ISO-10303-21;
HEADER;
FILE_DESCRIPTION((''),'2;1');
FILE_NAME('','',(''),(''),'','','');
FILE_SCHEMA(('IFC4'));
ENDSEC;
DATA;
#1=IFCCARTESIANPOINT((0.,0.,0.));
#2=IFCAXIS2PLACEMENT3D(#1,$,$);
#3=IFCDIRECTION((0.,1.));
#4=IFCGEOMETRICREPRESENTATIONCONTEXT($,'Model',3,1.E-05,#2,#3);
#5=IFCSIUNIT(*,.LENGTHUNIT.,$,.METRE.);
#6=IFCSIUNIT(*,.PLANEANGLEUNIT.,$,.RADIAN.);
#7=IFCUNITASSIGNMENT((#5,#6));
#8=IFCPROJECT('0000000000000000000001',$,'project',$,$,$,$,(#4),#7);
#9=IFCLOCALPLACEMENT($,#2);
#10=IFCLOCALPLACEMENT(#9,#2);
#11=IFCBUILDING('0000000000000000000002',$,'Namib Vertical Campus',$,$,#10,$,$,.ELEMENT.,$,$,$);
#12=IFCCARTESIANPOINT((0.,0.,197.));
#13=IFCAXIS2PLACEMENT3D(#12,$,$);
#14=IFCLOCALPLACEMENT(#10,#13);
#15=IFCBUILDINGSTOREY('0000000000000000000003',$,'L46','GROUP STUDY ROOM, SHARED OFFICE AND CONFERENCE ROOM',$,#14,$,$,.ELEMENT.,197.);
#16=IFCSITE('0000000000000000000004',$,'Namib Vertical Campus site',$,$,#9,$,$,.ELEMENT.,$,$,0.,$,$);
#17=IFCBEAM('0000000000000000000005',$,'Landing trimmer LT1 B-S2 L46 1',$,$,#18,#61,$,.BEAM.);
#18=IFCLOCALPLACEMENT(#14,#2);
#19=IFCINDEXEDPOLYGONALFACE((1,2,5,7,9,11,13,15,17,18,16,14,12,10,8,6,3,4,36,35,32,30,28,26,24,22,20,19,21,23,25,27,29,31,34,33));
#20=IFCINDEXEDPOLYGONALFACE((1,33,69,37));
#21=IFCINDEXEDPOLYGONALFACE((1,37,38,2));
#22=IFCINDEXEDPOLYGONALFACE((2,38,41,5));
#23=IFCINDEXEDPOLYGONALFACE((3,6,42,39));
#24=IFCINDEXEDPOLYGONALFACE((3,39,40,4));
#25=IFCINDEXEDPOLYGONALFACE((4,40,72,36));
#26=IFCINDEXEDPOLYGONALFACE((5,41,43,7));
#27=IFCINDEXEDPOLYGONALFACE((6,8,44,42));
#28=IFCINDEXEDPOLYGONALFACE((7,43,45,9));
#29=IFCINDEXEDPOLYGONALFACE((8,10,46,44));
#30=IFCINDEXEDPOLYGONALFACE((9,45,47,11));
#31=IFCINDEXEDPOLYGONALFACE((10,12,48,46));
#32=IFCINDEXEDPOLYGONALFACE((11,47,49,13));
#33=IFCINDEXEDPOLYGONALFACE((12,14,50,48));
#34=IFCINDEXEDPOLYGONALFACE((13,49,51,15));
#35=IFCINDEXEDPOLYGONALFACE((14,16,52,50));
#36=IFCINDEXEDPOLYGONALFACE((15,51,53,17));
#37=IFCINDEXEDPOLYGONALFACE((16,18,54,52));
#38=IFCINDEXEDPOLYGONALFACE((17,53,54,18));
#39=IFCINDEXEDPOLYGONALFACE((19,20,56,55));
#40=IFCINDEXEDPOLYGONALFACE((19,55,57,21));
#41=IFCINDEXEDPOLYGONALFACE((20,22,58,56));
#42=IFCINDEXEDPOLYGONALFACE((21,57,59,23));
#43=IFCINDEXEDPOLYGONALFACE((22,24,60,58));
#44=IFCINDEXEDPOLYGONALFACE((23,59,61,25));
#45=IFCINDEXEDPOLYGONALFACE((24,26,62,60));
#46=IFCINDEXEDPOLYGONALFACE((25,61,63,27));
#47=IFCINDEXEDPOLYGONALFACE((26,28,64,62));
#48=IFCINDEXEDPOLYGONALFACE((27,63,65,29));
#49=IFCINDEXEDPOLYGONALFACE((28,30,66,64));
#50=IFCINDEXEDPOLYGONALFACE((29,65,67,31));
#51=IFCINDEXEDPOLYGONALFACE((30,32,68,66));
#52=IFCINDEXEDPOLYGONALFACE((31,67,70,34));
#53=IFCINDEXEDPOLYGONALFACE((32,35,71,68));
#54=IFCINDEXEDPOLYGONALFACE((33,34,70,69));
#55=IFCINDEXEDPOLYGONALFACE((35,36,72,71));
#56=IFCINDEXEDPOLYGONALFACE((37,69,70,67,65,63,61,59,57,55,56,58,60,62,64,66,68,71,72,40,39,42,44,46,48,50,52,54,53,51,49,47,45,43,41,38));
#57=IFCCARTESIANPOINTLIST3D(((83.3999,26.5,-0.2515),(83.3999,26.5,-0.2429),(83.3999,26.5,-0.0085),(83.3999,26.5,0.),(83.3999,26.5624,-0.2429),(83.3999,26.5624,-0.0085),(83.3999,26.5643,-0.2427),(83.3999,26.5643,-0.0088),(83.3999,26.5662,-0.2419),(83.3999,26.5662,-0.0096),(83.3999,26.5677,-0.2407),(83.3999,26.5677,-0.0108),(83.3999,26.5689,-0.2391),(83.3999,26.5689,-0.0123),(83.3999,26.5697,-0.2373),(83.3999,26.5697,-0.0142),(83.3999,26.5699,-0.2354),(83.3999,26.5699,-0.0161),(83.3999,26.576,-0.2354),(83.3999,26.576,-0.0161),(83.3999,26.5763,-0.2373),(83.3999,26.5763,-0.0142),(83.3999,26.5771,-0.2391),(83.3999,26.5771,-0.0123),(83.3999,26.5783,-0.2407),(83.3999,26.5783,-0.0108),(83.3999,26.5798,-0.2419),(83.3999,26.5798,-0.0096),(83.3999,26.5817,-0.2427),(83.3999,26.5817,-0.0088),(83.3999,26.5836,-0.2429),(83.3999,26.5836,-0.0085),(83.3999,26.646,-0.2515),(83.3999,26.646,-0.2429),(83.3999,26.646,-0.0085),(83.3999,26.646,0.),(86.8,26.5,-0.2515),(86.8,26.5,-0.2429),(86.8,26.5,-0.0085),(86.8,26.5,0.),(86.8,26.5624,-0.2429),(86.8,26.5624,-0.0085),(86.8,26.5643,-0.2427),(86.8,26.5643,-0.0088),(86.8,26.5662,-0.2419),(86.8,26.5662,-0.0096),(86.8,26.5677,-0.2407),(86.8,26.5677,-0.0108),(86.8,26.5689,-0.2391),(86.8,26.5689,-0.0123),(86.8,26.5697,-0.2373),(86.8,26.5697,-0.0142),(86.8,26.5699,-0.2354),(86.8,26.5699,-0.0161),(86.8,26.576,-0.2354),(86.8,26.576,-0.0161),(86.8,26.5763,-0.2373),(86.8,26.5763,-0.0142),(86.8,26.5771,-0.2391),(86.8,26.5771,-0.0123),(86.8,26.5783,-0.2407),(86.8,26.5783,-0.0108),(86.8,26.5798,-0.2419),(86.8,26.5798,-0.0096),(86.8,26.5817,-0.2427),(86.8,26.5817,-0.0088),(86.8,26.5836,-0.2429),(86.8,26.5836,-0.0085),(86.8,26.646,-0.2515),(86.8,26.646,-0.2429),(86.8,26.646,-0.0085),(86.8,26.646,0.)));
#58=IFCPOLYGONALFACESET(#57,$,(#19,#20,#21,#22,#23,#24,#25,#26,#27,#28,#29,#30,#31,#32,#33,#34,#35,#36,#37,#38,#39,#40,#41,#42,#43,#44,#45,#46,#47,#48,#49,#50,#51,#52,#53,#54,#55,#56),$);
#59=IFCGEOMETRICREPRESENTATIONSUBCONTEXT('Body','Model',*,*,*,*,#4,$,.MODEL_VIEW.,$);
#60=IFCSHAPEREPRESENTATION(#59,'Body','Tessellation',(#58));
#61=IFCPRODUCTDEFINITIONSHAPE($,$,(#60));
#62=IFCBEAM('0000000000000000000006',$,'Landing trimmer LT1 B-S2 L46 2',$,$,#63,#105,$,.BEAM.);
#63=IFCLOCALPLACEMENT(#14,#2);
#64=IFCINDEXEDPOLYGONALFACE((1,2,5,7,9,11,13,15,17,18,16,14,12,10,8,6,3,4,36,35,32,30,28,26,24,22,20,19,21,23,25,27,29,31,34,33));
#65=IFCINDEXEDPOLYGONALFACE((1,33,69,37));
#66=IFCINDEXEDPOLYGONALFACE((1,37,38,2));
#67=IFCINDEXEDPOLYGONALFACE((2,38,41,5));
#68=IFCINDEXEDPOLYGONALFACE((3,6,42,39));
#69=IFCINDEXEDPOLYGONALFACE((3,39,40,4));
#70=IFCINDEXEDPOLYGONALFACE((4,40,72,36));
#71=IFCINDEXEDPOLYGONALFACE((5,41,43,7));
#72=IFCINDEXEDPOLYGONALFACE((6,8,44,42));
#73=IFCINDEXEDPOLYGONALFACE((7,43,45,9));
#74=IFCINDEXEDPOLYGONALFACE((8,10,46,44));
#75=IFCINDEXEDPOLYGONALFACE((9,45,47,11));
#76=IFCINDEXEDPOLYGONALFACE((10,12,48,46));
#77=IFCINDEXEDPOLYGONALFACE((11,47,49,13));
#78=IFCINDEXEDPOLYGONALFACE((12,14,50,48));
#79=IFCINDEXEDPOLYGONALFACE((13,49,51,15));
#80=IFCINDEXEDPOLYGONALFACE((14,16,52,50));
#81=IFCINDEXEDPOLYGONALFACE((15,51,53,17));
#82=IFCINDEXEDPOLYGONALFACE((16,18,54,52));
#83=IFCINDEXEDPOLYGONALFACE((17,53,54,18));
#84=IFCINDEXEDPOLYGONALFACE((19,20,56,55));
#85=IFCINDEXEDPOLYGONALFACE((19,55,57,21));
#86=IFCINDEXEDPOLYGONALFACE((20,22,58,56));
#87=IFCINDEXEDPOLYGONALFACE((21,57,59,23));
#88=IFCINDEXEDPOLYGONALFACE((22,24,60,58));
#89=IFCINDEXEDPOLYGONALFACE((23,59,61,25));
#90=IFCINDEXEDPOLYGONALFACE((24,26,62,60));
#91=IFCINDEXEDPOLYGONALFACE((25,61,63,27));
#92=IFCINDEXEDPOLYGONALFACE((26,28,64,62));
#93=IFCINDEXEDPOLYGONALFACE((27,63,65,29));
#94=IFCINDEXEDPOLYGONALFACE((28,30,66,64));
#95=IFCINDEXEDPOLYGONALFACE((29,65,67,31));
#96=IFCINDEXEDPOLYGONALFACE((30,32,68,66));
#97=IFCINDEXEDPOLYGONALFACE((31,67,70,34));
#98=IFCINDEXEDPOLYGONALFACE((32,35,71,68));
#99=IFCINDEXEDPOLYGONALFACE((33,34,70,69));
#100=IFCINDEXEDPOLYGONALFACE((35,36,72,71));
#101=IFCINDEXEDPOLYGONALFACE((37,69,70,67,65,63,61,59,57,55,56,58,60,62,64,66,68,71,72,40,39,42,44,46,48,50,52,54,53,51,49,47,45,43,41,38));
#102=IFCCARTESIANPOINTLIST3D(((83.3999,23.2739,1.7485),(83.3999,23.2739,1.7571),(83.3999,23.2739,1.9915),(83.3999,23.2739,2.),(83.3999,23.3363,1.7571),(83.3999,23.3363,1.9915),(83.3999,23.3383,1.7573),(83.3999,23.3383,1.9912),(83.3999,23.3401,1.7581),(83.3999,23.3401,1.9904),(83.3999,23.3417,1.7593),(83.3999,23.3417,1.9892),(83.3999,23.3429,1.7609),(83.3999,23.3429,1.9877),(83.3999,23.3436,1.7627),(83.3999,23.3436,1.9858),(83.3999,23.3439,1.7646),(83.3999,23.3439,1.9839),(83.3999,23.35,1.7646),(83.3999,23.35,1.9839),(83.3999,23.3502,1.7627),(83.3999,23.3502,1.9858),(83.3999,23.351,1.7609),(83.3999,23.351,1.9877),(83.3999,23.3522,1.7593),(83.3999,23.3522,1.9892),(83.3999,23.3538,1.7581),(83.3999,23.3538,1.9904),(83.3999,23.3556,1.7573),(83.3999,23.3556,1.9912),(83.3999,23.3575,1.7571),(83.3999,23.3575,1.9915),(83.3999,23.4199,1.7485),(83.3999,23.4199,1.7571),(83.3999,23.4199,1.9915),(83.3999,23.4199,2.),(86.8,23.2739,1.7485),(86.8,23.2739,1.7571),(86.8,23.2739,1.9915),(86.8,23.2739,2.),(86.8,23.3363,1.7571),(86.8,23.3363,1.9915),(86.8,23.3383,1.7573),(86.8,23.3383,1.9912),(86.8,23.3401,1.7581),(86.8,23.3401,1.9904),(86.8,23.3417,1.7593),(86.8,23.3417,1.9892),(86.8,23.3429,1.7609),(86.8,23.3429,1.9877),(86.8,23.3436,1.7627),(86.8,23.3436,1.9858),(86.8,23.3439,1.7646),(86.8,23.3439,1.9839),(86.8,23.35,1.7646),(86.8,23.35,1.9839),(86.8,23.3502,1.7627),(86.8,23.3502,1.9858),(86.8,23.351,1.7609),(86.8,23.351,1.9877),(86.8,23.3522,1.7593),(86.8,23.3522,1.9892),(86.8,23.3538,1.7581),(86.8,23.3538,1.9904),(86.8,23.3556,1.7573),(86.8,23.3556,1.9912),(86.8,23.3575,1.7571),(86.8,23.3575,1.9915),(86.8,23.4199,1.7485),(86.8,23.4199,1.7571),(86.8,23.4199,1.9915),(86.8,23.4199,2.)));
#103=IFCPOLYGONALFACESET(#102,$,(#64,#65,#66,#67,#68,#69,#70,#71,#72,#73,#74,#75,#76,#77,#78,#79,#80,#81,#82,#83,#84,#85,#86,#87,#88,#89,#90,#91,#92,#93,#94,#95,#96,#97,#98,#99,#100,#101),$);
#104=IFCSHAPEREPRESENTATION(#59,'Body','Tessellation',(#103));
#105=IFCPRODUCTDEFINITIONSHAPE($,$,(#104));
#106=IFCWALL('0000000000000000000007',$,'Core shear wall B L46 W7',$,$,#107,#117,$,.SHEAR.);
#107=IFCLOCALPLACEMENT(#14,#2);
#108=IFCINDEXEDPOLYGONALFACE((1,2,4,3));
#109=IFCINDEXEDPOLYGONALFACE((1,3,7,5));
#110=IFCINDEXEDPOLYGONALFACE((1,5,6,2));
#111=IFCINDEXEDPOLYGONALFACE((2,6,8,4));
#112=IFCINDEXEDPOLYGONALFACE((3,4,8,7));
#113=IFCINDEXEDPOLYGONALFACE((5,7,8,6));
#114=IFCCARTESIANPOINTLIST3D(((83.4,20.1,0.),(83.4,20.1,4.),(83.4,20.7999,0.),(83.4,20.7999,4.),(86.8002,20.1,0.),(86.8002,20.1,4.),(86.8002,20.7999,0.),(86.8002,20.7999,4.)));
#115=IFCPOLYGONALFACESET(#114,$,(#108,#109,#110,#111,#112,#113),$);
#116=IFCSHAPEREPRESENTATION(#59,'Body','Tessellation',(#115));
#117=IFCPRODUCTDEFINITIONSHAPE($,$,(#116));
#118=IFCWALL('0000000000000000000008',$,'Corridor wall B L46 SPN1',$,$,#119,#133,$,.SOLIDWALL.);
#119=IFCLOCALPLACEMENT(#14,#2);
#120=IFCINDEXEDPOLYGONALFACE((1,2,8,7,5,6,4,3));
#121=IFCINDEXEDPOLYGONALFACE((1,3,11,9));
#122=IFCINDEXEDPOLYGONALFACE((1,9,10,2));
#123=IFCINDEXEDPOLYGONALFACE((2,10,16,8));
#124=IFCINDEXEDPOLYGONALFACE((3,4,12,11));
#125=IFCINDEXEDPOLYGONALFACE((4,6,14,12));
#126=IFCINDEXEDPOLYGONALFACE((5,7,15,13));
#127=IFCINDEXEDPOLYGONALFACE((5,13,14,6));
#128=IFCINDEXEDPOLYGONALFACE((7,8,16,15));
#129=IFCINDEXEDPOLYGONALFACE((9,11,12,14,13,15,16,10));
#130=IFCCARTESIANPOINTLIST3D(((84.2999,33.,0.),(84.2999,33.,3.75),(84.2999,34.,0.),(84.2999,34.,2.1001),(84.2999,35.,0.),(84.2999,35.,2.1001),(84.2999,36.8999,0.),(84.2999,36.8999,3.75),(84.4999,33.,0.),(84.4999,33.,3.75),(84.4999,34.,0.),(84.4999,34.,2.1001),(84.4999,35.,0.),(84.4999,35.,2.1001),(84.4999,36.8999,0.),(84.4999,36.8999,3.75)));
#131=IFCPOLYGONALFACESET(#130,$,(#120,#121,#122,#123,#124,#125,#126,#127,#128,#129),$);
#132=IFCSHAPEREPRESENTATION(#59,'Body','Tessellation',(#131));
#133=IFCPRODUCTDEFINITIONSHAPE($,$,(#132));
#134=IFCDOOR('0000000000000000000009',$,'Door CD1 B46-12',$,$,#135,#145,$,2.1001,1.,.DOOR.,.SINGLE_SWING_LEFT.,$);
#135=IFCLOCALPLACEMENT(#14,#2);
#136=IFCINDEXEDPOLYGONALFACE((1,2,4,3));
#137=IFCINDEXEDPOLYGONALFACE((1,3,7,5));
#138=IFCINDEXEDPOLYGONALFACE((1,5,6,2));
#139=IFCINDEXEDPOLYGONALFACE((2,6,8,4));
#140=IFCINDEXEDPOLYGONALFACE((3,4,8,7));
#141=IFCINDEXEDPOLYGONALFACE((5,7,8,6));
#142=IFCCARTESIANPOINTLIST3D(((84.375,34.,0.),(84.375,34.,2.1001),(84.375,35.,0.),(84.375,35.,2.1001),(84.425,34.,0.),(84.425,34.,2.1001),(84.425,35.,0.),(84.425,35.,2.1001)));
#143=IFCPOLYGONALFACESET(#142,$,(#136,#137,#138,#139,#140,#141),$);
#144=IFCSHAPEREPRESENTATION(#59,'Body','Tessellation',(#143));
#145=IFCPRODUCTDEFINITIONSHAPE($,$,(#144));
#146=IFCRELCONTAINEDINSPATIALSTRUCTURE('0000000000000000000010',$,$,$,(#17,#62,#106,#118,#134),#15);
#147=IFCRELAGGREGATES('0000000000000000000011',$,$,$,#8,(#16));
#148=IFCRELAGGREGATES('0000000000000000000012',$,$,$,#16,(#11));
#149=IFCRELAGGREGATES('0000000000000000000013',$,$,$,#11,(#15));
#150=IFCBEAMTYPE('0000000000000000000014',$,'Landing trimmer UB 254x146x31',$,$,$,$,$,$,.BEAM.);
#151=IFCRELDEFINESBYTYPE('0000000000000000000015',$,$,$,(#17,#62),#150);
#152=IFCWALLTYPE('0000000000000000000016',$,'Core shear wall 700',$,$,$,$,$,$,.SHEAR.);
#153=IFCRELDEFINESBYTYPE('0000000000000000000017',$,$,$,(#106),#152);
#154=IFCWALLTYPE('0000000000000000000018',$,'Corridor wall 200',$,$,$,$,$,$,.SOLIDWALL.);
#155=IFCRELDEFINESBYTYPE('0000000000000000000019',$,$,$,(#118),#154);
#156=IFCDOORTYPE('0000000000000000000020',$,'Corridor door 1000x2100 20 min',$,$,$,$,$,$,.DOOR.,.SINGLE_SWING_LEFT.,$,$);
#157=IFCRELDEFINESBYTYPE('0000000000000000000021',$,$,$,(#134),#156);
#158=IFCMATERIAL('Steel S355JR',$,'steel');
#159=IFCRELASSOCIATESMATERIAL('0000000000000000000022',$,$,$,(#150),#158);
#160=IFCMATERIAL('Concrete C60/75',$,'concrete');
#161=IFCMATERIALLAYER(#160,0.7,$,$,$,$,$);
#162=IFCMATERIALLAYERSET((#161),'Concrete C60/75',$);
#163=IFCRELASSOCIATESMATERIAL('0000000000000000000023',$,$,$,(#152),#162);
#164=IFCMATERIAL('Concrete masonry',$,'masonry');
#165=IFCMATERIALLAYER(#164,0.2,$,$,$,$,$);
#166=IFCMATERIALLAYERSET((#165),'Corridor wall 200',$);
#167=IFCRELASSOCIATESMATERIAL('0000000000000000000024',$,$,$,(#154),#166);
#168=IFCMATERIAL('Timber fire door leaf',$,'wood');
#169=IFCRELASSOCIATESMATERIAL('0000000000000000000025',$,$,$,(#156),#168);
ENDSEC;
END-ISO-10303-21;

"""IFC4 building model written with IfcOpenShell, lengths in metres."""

from ifc_helpers import new_model, si_unit, direction, frame, frame_2d, origin, origin_2d, place, context, subcontext, project, spatial, rectangle, i_section, extrude, material, layer, layer_set, material_profile, profile_set, type_object, element, fill, save


model = new_model("IFC4")

# Units and contexts
model_context = context("Model", 3, precision=1e-05, world=origin(), true_north=direction((0.0, 1.0)))
body_context = subcontext(model_context, "Body", "Model", "MODEL_VIEW")
ifc_project = project(units=[si_unit("LENGTHUNIT", "METRE"), si_unit("PLANEANGLEUNIT", "RADIAN")], contexts=[model_context])

# Site, building, storey
site_placement = place(None, origin())
site = spatial("IfcSite", under=ifc_project, at=site_placement, Name="Namib Vertical Campus site", CompositionType="ELEMENT", RefElevation=0.0)
building_placement = place(site_placement, origin())
building = spatial("IfcBuilding", under=site, at=building_placement, Name="Namib Vertical Campus", CompositionType="ELEMENT")
storey_placement = place(building_placement, frame((0.0, 0.0, 197.0)))
storey = spatial("IfcBuildingStorey", under=building, at=storey_placement, Name="L46", Description="GROUP STUDY ROOM, SHARED OFFICE AND CONFERENCE ROOM", CompositionType="ELEMENT", Elevation=197.0)

# Beams
ifc_material_1 = material(Name="Steel S355JR", Category="steel")
ifc_material_profile = material_profile(ifc_material_1, i_section(OverallWidth=0.146, OverallDepth=0.2515, WebThickness=0.0061, FlangeThickness=0.0085, FilletRadius=0.0076, at=origin_2d()))
ifc_profile_set = profile_set([ifc_material_profile], Name="Steel S355JR")
beam_type = type_object("IfcBeamType", Name="Landing trimmer UB 254x146x31", PredefinedType="BEAM", material=ifc_profile_set)
for number, where, z_axis, x_axis, name in (
    (1, (83.3999, 26.573, -0.1257), (1.0, 0.0, 0.0), (0.0, 1.0, 0.0), "Landing trimmer LT1 B-S2 L46 1"),
    (2, (83.3999, 23.3469, 1.8743), (1.0, 0.0, 0.0), (0.0, 1.0, 0.0), "Landing trimmer LT1 B-S2 L46 2"),
):
    element("IfcBeam", number, at=place(storey_placement, frame(where, z_axis=z_axis, x_axis=x_axis)), inside=storey, type_object=beam_type, Name=name, PredefinedType="BEAM", context=body_context, shape_type="SweptSolid", body=[
        extrude(i_section(OverallWidth=0.146, OverallDepth=0.2515, WebThickness=0.0061, FlangeThickness=0.0085, FilletRadius=0.0076, at=origin_2d()), origin(), (0.0, 0.0, 1.0), 3.4001),
    ])

# Wall
ifc_material_2 = material(Name="Concrete C60/75", Category="concrete")
ifc_layer_1 = layer(ifc_material_2, 0.7)
ifc_layer_set_1 = layer_set([ifc_layer_1], Name="Concrete C60/75")
wall_type_1 = type_object("IfcWallType", Name="Core shear wall 700", PredefinedType="SHEAR", material=ifc_layer_set_1)
wall_1_placement = place(storey_placement, frame((83.3999, 20.45, 0.0), z_axis=(0.0, 0.0, 1.0), x_axis=(1.0, 0.0, 0.0)))
element("IfcWall", 3, at=wall_1_placement, inside=storey, type_object=wall_type_1, Name="Core shear wall B L46 W7", PredefinedType="SHEAR", context=body_context, shape_type="SweptSolid", body=[
    extrude(rectangle(XDim=3.4001, YDim=0.7, at=frame_2d((1.7002, 0.0))), origin(), (0.0, 0.0, 1.0), 4.0),
])

# Wall, opening, door
ifc_material_3 = material(Name="Concrete masonry", Category="masonry")
ifc_layer_2 = layer(ifc_material_3, 0.2)
ifc_layer_set_2 = layer_set([ifc_layer_2], Name="Corridor wall 200")
wall_type_2 = type_object("IfcWallType", Name="Corridor wall 200", PredefinedType="SOLIDWALL", material=ifc_layer_set_2)
wall_2_placement = place(storey_placement, frame((84.3999, 33.0, 0.0), z_axis=(0.0, 0.0, 1.0), x_axis=(0.0, 1.0, 0.0)))
wall_2 = element("IfcWall", 4, at=wall_2_placement, inside=storey, type_object=wall_type_2, Name="Corridor wall B L46 SPN1", PredefinedType="SOLIDWALL", context=body_context, shape_type="SweptSolid", body=[
    extrude(rectangle(XDim=3.8999, YDim=0.2, at=frame_2d((1.95, 0.0))), origin(), (0.0, 0.0, 1.0), 3.75),
])
opening_1_placement = place(wall_2_placement, frame((1.0, 0.0, 0.0)))
opening_1 = element("IfcOpeningElement", 5, at=opening_1_placement, cuts=wall_2, PredefinedType="OPENING", context=body_context, shape_type="SweptSolid", body=[
    extrude(rectangle(XDim=1.0, YDim=2.1001, at=frame_2d((0.5, 1.05))), frame((0.0, 0.1099, 0.0), z_axis=(0.0, -1.0, 0.0), x_axis=(1.0, 0.0, 0.0)), (0.0, 0.0, 1.0), 0.22),
])
ifc_material_4 = material(Name="Timber fire door leaf", Category="wood")
door_type_1 = type_object("IfcDoorType", Name="Corridor door 1000x2100 20 min", OperationType="SINGLE_SWING_LEFT", PredefinedType="DOOR", material=ifc_material_4)
door_1_placement = place(opening_1_placement, origin())
door_1 = element("IfcDoor", 6, at=door_1_placement, inside=storey, type_object=door_type_1, Name="Door CD1 B46-12", OperationType="SINGLE_SWING_LEFT", OverallHeight=2.1001, OverallWidth=1.0, PredefinedType="DOOR", context=body_context, shape_type="SweptSolid", body=[
    extrude(rectangle(XDim=1.0, YDim=2.1001, at=frame_2d((0.5, 1.05))), frame((0.0, 0.0249, 0.0), z_axis=(0.0, -1.0, 0.0), x_axis=(1.0, 0.0, 0.0)), (0.0, 0.0, 1.0), 0.05),
])
fill(opening_1, door_1)

save(model, "model.ifc")
